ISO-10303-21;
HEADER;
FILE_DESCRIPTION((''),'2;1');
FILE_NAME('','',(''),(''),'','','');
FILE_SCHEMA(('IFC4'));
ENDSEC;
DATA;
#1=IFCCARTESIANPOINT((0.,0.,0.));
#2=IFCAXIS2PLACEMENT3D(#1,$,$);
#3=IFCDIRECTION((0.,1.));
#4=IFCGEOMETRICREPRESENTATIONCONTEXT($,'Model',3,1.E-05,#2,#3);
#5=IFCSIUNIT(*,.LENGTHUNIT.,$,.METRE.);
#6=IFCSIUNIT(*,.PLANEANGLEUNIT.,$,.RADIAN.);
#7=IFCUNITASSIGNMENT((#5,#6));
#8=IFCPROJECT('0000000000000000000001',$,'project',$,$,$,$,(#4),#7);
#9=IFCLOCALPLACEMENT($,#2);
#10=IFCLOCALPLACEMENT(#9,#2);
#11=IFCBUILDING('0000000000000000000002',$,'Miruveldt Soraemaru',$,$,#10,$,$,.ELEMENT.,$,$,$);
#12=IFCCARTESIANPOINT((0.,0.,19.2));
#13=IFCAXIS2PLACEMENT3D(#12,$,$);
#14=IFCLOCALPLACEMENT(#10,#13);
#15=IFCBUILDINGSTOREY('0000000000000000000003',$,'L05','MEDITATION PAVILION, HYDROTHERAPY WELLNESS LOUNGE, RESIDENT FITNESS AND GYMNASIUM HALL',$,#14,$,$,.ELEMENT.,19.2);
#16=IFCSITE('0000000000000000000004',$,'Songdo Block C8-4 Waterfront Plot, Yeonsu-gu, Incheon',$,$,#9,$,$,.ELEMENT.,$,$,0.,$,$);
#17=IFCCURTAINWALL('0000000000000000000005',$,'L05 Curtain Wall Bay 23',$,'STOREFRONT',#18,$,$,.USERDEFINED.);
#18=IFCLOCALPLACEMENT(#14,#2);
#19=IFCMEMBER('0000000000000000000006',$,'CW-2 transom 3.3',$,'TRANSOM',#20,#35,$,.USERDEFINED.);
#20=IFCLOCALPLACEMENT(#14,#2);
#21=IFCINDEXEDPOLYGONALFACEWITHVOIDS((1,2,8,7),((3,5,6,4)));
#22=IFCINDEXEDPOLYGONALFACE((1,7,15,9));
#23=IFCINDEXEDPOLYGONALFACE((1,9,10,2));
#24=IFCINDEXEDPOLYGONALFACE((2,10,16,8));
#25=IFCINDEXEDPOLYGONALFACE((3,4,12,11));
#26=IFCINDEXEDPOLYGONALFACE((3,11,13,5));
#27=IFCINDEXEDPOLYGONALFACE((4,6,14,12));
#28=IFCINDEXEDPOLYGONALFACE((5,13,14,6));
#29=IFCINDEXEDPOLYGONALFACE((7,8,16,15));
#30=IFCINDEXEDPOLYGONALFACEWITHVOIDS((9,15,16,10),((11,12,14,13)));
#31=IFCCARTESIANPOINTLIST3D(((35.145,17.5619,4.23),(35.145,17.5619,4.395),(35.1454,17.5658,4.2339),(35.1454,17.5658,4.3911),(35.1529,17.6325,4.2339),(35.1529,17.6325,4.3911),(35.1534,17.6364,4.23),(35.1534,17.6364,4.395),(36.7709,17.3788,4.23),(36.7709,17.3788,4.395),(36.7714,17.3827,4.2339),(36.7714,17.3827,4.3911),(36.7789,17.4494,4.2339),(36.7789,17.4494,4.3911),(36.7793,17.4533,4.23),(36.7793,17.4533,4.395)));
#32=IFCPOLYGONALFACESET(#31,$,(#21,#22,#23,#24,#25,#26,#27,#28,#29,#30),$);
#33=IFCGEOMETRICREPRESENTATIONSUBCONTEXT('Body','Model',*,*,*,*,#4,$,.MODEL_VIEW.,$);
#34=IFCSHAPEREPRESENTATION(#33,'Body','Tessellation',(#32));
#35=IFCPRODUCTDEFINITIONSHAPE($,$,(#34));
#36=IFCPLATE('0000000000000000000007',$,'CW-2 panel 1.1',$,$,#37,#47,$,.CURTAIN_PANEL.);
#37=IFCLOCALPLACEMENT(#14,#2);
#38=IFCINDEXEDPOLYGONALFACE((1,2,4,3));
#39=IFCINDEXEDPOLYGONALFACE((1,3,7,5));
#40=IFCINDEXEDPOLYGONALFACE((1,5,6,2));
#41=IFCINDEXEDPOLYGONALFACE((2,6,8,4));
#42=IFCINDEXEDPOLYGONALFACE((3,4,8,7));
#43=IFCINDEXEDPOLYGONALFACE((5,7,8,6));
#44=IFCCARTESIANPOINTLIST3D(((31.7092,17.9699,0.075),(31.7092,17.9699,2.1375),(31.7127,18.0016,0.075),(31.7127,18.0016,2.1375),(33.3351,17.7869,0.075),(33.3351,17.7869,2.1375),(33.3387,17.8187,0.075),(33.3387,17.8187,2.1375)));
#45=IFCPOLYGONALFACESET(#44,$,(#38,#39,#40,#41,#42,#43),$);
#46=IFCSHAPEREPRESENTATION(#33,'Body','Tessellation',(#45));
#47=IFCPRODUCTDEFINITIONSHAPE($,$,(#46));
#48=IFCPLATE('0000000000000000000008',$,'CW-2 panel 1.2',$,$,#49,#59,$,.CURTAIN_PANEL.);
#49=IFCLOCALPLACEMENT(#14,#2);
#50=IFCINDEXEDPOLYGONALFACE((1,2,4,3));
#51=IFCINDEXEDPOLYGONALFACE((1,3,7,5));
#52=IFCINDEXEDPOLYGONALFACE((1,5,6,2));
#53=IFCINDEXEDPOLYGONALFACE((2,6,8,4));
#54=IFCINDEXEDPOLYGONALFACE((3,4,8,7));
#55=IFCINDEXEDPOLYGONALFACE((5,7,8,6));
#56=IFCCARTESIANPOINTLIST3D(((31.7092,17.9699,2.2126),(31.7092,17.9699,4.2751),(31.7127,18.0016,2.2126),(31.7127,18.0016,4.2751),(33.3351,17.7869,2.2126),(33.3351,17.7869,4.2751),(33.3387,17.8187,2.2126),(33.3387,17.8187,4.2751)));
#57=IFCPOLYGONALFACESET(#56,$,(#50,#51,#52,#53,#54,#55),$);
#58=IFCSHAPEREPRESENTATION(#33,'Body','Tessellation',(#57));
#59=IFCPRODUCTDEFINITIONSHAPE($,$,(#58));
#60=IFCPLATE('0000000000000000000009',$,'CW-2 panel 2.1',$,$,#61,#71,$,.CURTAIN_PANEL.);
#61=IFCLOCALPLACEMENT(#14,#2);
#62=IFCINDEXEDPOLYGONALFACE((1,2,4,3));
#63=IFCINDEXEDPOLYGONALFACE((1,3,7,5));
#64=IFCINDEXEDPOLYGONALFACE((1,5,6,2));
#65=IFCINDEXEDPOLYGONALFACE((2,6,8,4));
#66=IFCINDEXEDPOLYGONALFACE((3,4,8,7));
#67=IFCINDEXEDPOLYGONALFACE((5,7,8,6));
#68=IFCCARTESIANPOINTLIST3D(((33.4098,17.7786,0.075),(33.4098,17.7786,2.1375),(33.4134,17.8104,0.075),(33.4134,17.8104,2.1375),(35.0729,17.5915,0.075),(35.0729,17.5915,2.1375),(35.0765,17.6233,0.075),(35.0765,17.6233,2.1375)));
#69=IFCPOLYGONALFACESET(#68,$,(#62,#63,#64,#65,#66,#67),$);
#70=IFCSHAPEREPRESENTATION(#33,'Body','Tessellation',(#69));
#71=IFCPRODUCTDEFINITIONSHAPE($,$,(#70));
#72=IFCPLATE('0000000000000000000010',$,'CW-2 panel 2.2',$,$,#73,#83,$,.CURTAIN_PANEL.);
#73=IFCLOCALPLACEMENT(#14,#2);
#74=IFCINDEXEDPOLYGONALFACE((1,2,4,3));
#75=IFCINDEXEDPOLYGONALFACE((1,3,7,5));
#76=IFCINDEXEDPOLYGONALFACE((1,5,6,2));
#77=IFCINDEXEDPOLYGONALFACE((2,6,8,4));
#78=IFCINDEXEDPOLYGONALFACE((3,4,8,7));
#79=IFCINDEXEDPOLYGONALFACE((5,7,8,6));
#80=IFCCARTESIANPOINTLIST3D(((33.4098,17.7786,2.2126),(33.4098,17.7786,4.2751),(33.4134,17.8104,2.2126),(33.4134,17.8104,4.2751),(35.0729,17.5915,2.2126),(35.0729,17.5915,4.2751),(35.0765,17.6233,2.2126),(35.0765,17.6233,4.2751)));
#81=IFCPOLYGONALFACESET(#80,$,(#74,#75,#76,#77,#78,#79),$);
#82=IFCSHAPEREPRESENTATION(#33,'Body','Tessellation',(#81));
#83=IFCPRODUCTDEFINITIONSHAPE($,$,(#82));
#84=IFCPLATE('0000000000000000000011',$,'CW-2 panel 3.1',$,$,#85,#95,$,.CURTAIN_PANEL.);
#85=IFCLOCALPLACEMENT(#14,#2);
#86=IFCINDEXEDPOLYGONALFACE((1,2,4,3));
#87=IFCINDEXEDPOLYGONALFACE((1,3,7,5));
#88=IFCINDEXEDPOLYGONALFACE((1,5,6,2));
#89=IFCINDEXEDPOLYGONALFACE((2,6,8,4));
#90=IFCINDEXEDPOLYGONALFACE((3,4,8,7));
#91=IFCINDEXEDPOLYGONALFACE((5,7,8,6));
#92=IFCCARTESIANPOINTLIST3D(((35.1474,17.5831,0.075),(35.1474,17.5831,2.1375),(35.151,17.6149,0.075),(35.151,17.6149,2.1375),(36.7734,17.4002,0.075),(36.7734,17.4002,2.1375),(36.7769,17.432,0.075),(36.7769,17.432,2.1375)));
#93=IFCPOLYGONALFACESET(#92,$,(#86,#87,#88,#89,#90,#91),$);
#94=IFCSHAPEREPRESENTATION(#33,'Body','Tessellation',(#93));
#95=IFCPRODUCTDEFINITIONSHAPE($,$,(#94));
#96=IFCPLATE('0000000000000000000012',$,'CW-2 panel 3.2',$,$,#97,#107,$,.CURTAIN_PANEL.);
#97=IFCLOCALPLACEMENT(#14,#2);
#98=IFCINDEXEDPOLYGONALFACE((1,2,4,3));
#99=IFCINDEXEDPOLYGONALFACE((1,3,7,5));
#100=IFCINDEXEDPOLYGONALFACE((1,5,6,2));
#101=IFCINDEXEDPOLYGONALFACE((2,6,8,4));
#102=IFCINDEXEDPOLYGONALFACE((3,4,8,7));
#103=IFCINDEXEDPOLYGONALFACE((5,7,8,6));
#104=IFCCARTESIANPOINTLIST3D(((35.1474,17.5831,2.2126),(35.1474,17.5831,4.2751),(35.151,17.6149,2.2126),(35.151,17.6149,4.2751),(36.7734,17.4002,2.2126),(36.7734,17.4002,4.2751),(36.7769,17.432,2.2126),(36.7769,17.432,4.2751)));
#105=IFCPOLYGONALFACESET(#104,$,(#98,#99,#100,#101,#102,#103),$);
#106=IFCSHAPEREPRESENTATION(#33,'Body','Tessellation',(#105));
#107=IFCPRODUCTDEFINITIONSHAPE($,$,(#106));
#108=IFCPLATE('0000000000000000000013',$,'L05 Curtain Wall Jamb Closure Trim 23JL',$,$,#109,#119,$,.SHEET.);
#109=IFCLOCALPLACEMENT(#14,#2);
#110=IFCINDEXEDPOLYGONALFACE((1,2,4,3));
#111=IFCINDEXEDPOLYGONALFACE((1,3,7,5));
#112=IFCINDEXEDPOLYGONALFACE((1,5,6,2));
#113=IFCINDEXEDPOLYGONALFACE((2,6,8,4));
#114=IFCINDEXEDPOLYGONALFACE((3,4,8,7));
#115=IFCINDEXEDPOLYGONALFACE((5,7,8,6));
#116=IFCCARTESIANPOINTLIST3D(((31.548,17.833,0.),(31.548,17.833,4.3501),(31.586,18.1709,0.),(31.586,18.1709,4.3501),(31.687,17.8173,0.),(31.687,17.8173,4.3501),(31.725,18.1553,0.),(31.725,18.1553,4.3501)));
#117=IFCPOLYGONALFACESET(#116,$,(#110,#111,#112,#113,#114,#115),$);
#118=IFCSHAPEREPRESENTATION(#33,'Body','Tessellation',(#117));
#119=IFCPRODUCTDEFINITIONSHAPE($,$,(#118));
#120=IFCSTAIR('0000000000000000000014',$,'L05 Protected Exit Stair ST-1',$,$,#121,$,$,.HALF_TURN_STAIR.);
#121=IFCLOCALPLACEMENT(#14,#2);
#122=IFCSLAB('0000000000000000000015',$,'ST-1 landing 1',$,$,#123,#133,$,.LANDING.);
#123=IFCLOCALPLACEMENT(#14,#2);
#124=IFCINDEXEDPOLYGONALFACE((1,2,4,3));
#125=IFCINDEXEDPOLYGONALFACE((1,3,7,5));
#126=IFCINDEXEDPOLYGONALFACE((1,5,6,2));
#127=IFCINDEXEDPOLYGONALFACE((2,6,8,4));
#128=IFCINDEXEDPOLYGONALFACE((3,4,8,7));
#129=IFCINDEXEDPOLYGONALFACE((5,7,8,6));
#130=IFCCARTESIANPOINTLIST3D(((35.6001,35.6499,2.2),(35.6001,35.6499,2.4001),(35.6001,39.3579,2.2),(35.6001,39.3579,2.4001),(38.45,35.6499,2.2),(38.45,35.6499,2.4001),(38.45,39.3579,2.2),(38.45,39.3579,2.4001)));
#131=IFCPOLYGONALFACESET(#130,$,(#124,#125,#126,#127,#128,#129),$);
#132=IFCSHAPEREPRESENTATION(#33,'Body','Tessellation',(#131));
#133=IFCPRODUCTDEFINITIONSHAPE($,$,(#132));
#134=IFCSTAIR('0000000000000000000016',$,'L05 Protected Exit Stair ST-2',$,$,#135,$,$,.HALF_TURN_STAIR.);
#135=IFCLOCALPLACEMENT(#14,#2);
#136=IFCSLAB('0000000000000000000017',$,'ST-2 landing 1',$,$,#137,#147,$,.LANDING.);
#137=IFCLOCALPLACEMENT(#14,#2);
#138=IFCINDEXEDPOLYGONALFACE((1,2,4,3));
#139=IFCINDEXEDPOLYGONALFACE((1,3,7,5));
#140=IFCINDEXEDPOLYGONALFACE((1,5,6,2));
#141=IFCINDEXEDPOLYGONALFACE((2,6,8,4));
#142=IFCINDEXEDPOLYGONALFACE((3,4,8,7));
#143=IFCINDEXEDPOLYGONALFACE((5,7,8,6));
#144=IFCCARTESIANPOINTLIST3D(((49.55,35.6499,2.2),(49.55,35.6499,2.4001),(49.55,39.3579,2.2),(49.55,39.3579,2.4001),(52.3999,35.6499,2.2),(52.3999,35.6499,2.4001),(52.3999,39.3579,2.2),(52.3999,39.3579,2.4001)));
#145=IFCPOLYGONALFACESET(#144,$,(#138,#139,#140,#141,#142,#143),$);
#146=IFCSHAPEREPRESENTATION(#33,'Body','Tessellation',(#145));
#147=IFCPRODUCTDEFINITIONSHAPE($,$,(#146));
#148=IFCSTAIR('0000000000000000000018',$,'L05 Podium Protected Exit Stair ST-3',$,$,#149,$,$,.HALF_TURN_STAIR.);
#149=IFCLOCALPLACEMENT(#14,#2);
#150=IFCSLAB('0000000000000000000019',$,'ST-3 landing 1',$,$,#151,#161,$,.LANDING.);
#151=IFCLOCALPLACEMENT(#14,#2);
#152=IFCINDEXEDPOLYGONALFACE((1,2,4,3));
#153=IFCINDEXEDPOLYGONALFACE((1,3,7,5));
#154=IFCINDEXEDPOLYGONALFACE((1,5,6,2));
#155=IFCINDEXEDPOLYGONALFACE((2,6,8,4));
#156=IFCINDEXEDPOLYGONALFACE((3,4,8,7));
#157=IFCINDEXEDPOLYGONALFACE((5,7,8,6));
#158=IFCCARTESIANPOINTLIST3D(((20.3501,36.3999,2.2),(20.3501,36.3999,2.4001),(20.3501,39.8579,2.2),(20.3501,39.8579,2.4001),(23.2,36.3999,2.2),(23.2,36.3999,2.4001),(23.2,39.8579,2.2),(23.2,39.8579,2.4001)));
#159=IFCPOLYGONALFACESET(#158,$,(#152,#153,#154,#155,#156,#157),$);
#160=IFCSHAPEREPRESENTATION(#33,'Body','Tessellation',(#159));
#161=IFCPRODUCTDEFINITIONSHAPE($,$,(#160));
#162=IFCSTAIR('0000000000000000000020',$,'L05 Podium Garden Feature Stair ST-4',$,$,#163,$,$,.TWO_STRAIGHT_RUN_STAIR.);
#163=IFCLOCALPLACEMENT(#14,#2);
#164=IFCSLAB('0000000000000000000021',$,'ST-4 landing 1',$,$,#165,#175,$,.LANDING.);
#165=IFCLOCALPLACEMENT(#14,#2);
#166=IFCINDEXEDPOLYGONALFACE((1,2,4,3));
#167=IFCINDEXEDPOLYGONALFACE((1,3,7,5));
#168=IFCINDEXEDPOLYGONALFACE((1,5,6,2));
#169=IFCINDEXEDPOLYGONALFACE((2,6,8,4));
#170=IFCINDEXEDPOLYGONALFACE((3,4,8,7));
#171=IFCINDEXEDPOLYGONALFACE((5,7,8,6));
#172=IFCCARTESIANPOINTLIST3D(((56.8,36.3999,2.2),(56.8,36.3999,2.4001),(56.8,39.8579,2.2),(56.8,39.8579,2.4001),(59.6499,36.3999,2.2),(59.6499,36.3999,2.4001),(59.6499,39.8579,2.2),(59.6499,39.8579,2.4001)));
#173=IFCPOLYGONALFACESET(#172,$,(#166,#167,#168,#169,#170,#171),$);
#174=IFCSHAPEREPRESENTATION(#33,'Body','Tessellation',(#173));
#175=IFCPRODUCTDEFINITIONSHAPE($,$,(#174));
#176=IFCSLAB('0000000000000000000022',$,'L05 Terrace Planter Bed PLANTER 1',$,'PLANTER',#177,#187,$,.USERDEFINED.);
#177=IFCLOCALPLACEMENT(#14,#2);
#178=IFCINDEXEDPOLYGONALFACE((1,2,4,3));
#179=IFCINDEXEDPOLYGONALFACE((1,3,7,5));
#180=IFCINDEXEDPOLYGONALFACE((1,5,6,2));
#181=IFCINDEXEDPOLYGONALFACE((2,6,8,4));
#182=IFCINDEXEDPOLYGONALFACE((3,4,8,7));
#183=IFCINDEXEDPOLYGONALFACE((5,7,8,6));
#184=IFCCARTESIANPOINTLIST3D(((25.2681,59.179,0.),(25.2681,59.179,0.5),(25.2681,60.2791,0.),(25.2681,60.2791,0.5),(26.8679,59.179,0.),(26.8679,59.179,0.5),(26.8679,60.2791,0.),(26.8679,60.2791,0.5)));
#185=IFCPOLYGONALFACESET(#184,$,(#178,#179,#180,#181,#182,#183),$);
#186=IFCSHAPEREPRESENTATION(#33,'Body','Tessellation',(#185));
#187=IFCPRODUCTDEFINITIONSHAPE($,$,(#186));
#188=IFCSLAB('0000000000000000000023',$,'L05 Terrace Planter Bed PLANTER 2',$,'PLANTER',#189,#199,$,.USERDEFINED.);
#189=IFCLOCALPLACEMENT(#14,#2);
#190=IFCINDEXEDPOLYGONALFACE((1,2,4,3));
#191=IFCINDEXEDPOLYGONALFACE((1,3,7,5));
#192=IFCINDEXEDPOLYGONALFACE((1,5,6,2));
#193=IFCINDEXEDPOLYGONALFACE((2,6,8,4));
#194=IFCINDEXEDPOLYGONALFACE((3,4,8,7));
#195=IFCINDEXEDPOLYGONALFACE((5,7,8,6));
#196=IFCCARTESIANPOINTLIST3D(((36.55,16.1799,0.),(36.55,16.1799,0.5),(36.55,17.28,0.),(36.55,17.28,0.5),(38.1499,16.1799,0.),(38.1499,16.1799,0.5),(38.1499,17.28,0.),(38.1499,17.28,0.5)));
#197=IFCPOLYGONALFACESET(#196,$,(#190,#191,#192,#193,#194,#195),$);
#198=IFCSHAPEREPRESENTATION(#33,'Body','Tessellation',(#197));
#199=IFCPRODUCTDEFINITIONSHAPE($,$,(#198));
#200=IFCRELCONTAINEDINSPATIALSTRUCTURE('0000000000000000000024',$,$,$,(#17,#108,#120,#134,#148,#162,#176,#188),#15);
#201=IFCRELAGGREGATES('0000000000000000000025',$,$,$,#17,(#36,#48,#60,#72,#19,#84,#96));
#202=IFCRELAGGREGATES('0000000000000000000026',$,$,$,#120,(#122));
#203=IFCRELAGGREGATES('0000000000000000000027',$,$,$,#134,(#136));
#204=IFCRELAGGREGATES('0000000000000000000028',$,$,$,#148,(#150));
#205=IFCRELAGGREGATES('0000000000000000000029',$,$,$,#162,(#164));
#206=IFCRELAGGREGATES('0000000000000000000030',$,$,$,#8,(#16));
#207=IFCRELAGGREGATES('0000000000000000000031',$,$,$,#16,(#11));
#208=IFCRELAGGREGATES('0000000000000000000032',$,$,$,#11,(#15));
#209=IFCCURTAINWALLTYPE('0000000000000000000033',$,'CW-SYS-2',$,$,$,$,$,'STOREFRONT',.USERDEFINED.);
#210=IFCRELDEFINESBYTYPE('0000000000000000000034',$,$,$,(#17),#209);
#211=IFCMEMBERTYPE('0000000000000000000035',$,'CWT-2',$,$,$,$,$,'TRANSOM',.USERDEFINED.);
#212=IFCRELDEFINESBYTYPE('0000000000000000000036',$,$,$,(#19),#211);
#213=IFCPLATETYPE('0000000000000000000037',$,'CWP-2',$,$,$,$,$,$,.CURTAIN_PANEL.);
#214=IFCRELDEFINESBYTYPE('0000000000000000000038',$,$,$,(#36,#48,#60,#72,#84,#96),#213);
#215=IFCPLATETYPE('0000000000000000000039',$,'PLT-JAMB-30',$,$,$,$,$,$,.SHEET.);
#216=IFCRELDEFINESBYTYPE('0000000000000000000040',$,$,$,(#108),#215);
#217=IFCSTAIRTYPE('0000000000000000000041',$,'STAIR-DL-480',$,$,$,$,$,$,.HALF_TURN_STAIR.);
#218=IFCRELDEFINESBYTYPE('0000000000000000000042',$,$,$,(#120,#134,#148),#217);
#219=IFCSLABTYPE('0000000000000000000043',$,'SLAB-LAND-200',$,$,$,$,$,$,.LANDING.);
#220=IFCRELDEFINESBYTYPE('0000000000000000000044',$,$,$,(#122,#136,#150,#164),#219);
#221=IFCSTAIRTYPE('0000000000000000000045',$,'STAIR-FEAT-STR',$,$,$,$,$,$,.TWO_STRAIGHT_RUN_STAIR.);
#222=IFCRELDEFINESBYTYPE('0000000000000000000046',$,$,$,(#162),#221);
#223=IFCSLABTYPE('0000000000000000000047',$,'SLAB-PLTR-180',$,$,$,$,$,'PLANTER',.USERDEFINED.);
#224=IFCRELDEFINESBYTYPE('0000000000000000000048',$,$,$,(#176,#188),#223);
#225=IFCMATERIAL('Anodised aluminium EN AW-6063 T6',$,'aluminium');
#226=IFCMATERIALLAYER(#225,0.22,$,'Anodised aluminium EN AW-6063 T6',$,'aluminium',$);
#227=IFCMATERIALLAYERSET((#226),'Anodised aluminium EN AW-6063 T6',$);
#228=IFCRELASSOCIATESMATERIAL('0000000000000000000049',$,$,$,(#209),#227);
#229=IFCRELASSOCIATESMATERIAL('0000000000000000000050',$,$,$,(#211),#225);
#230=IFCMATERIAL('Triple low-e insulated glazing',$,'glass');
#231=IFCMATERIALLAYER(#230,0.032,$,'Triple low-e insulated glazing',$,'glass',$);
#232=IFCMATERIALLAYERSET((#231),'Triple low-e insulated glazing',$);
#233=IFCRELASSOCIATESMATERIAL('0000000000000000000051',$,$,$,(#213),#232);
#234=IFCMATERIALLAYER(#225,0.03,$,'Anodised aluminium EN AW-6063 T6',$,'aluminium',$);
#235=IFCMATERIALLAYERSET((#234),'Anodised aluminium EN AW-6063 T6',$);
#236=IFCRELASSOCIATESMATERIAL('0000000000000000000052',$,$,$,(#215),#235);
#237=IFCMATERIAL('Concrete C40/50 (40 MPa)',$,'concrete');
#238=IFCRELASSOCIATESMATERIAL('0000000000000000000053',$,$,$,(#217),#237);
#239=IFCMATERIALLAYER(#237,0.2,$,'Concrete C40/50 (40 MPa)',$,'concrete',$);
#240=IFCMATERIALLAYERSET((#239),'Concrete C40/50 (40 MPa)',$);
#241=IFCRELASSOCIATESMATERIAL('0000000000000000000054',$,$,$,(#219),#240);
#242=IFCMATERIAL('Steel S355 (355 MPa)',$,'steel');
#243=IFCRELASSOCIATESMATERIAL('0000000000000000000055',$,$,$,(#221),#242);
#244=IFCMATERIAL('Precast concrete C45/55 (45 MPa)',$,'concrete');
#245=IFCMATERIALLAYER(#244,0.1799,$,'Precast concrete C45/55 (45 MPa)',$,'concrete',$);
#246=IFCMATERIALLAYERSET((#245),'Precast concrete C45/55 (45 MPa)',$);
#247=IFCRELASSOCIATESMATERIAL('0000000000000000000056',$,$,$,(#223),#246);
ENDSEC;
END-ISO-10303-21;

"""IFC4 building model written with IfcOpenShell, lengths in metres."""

from ifc_helpers import new_model, si_unit, direction, frame, origin, origin_2d, place, context, subcontext, project, spatial, polyline, rectangle, hollow_rectangle, outline, extrude, material, layer, layer_set, material_profile, profile_set, type_object, element, aggregate, save


model = new_model("IFC4")

# Units and contexts
model_context = context("Model", 3, precision=1e-05, world=origin(), true_north=direction((0.0, 1.0)))
body_context = subcontext(model_context, "Body", "Model", "MODEL_VIEW")
ifc_project = project(units=[si_unit("LENGTHUNIT", "METRE"), si_unit("PLANEANGLEUNIT", "RADIAN")], contexts=[model_context])

# Site, building, storey
site_placement = place(None, origin())
site = spatial("IfcSite", under=ifc_project, at=site_placement, Name="Songdo Block C8-4 Waterfront Plot, Yeonsu-gu, Incheon", CompositionType="ELEMENT", RefElevation=0.0)
building_placement = place(site_placement, origin())
building = spatial("IfcBuilding", under=site, at=building_placement, Name="Miruveldt Soraemaru", CompositionType="ELEMENT")
storey_placement = place(building_placement, frame((0.0, 0.0, 19.2)))
storey = spatial("IfcBuildingStorey", under=building, at=storey_placement, Name="L05", Description="MEDITATION PAVILION, HYDROTHERAPY WELLNESS LOUNGE, RESIDENT FITNESS AND GYMNASIUM HALL", CompositionType="ELEMENT", Elevation=19.2)

# Curtain wall, member, plates
ifc_material_1 = material(Name="Anodised aluminium EN AW-6063 T6", Category="aluminium")
ifc_layer_1 = layer(ifc_material_1, 0.22, Name="Anodised aluminium EN AW-6063 T6", Category="aluminium")
ifc_layer_set_1 = layer_set([ifc_layer_1], Name="Anodised aluminium EN AW-6063 T6")
curtain_wall_type = type_object("IfcCurtainWallType", Name="CW-SYS-2", ElementType="STOREFRONT", PredefinedType="USERDEFINED", material=ifc_layer_set_1)
curtain_wall_placement = place(storey_placement, origin())
curtain_wall = element("IfcCurtainWall", 1, at=curtain_wall_placement, inside=storey, type_object=curtain_wall_type, Name="L05 Curtain Wall Bay 23", ObjectType="STOREFRONT", PredefinedType="USERDEFINED")
ifc_material_profile_1 = material_profile(ifc_material_1, hollow_rectangle(XDim=0.075, YDim=0.165, WallThickness=0.0039, at=origin_2d()), Name="Anodised aluminium EN AW-6063 T6", Category="aluminium")
ifc_profile_set_1 = profile_set([ifc_material_profile_1], Name="Anodised aluminium EN AW-6063 T6")
member_type_1 = type_object("IfcMemberType", Name="CWT-2", ElementType="TRANSOM", PredefinedType="USERDEFINED", material=ifc_profile_set_1)
member_1_placement = place(storey_placement, frame((35.1492, 17.5991, 4.3125), z_axis=(0.993719, -0.111905, 0.0), x_axis=(0.111905, 0.993719, 0.0)))
member_1 = element("IfcMember", 2, at=member_1_placement, type_object=member_type_1, Name="CW-2 transom 3.3", ObjectType="TRANSOM", PredefinedType="USERDEFINED", context=body_context, shape_type="SweptSolid", body=[
    extrude(hollow_rectangle(XDim=0.075, YDim=0.165, WallThickness=0.0039, at=origin_2d()), origin(), (0.0, 0.0, 1.0), 1.6362),
])
ifc_material_2 = material(Name="Triple low-e insulated glazing", Category="glass")
ifc_layer_2 = layer(ifc_material_2, 0.032, Name="Triple low-e insulated glazing", Category="glass")
ifc_layer_set_2 = layer_set([ifc_layer_2], Name="Triple low-e insulated glazing")
plate_type_1 = type_object("IfcPlateType", Name="CWP-2", PredefinedType="CURTAIN_PANEL", material=ifc_layer_set_2)
plate_1_placement = place(storey_placement, frame((32.5239, 17.8943, 0.075), z_axis=(0.0, 0.0, 1.0), x_axis=(0.993731, -0.1118, 0.0)))
plate_1 = element("IfcPlate", 3, at=plate_1_placement, type_object=plate_type_1, Name="CW-2 panel 1.1", PredefinedType="CURTAIN_PANEL", context=body_context, shape_type="SweptSolid", body=[
    extrude(rectangle(XDim=1.6362, YDim=0.032, at=origin_2d()), origin(), (0.0, 0.0, 1.0), 2.0625),
])
plate_2_placement = place(storey_placement, frame((32.5239, 17.8943, 2.2126), z_axis=(0.0, 0.0, 1.0), x_axis=(0.993731, -0.1118, 0.0)))
plate_2 = element("IfcPlate", 4, at=plate_2_placement, type_object=plate_type_1, Name="CW-2 panel 1.2", PredefinedType="CURTAIN_PANEL", context=body_context, shape_type="SweptSolid", body=[
    extrude(rectangle(XDim=1.6362, YDim=0.032, at=origin_2d()), origin(), (0.0, 0.0, 1.0), 2.0625),
])
plate_3_placement = place(storey_placement, frame((34.2432, 17.7009, 0.075), z_axis=(0.0, 0.0, 1.0), x_axis=(0.993731, -0.1118, 0.0)))
plate_3 = element("IfcPlate", 5, at=plate_3_placement, type_object=plate_type_1, Name="CW-2 panel 2.1", PredefinedType="CURTAIN_PANEL", context=body_context, shape_type="SweptSolid", body=[
    extrude(rectangle(XDim=1.6736, YDim=0.032, at=origin_2d()), origin(), (0.0, 0.0, 1.0), 2.0625),
])
plate_4_placement = place(storey_placement, frame((34.2432, 17.7009, 2.2126), z_axis=(0.0, 0.0, 1.0), x_axis=(0.993731, -0.1118, 0.0)))
plate_4 = element("IfcPlate", 6, at=plate_4_placement, type_object=plate_type_1, Name="CW-2 panel 2.2", PredefinedType="CURTAIN_PANEL", context=body_context, shape_type="SweptSolid", body=[
    extrude(rectangle(XDim=1.6736, YDim=0.032, at=origin_2d()), origin(), (0.0, 0.0, 1.0), 2.0625),
])
plate_5_placement = place(storey_placement, frame((35.9622, 17.5076, 0.075), z_axis=(0.0, 0.0, 1.0), x_axis=(0.993731, -0.1118, 0.0)))
plate_5 = element("IfcPlate", 7, at=plate_5_placement, type_object=plate_type_1, Name="CW-2 panel 3.1", PredefinedType="CURTAIN_PANEL", context=body_context, shape_type="SweptSolid", body=[
    extrude(rectangle(XDim=1.6362, YDim=0.032, at=origin_2d()), origin(), (0.0, 0.0, 1.0), 2.0625),
])
plate_6_placement = place(storey_placement, frame((35.9622, 17.5076, 2.2126), z_axis=(0.0, 0.0, 1.0), x_axis=(0.993731, -0.1118, 0.0)))
plate_6 = element("IfcPlate", 8, at=plate_6_placement, type_object=plate_type_1, Name="CW-2 panel 3.2", PredefinedType="CURTAIN_PANEL", context=body_context, shape_type="SweptSolid", body=[
    extrude(rectangle(XDim=1.6362, YDim=0.032, at=origin_2d()), origin(), (0.0, 0.0, 1.0), 2.0625),
])
aggregate(curtain_wall, [plate_1, plate_2, plate_3, plate_4, member_1, plate_5, plate_6])

# Plate
ifc_layer_3 = layer(ifc_material_1, 0.03, Name="Anodised aluminium EN AW-6063 T6", Category="aluminium")
ifc_layer_set_3 = layer_set([ifc_layer_3], Name="Anodised aluminium EN AW-6063 T6")
plate_type_2 = type_object("IfcPlateType", Name="PLT-JAMB-30", PredefinedType="SHEET", material=ifc_layer_set_3)
plate_7_placement = place(storey_placement, frame((31.6365, 17.9941, 0.0), z_axis=(0.0, 0.0, 1.0), x_axis=(0.993731, -0.111798, 0.0)))
element("IfcPlate", 9, at=plate_7_placement, inside=storey, type_object=plate_type_2, Name="L05 Curtain Wall Jamb Closure Trim 23JL", PredefinedType="SHEET", context=body_context, shape_type="SweptSolid", body=[
    extrude(rectangle(XDim=0.1399, YDim=0.3401, at=origin_2d()), origin(), (0.0, 0.0, 1.0), 4.3501),
])

# Stairs, slabs
ifc_material_3 = material(Name="Concrete C40/50 (40 MPa)", Category="concrete")
stair_type_1 = type_object("IfcStairType", Name="STAIR-DL-480", PredefinedType="HALF_TURN_STAIR", material=ifc_material_3)
stair_1_placement = place(storey_placement, origin())
stair_1 = element("IfcStair", 10, at=stair_1_placement, inside=storey, type_object=stair_type_1, Name="L05 Protected Exit Stair ST-1", PredefinedType="HALF_TURN_STAIR")
ifc_layer_4 = layer(ifc_material_3, 0.2, Name="Concrete C40/50 (40 MPa)", Category="concrete")
ifc_layer_set_4 = layer_set([ifc_layer_4], Name="Concrete C40/50 (40 MPa)")
slab_type_1 = type_object("IfcSlabType", Name="SLAB-LAND-200", PredefinedType="LANDING", material=ifc_layer_set_4)
slab_1_placement = place(storey_placement, frame((0.0, 0.0, 2.2)))
slab_1 = element("IfcSlab", 11, at=slab_1_placement, type_object=slab_type_1, Name="ST-1 landing 1", PredefinedType="LANDING", context=body_context, shape_type="SweptSolid", body=[
    extrude(outline(polyline([(35.6001, 39.3579), (35.6001, 35.6499), (38.45, 35.6499), (38.45, 39.3579), (35.6001, 39.3579)])), origin(), (0.0, 0.0, 1.0), 0.2002),
])
aggregate(stair_1, [slab_1])
stair_2_placement = place(storey_placement, origin())
stair_2 = element("IfcStair", 12, at=stair_2_placement, inside=storey, type_object=stair_type_1, Name="L05 Protected Exit Stair ST-2", PredefinedType="HALF_TURN_STAIR")
slab_2_placement = place(storey_placement, frame((0.0, 0.0, 2.2)))
slab_2 = element("IfcSlab", 13, at=slab_2_placement, type_object=slab_type_1, Name="ST-2 landing 1", PredefinedType="LANDING", context=body_context, shape_type="SweptSolid", body=[
    extrude(outline(polyline([(49.55, 39.3579), (49.55, 35.6499), (52.3999, 35.6499), (52.3999, 39.3579), (49.55, 39.3579)])), origin(), (0.0, 0.0, 1.0), 0.2002),
])
aggregate(stair_2, [slab_2])
stair_3_placement = place(storey_placement, origin())
stair_3 = element("IfcStair", 14, at=stair_3_placement, inside=storey, type_object=stair_type_1, Name="L05 Podium Protected Exit Stair ST-3", PredefinedType="HALF_TURN_STAIR")
slab_3_placement = place(storey_placement, frame((0.0, 0.0, 2.2)))
slab_3 = element("IfcSlab", 15, at=slab_3_placement, type_object=slab_type_1, Name="ST-3 landing 1", PredefinedType="LANDING", context=body_context, shape_type="SweptSolid", body=[
    extrude(outline(polyline([(20.3501, 39.8579), (20.3501, 36.3999), (23.2, 36.3999), (23.2, 39.8579), (20.3501, 39.8579)])), origin(), (0.0, 0.0, 1.0), 0.2002),
])
aggregate(stair_3, [slab_3])
ifc_material_4 = material(Name="Steel S355 (355 MPa)", Category="steel")
stair_type_2 = type_object("IfcStairType", Name="STAIR-FEAT-STR", PredefinedType="TWO_STRAIGHT_RUN_STAIR", material=ifc_material_4)
stair_4_placement = place(storey_placement, origin())
stair_4 = element("IfcStair", 16, at=stair_4_placement, inside=storey, type_object=stair_type_2, Name="L05 Podium Garden Feature Stair ST-4", PredefinedType="TWO_STRAIGHT_RUN_STAIR")
slab_4_placement = place(storey_placement, frame((0.0, 0.0, 2.2)))
slab_4 = element("IfcSlab", 17, at=slab_4_placement, type_object=slab_type_1, Name="ST-4 landing 1", PredefinedType="LANDING", context=body_context, shape_type="SweptSolid", body=[
    extrude(outline(polyline([(56.8, 39.8579), (56.8, 36.3999), (59.6499, 36.3999), (59.6499, 39.8579), (56.8, 39.8579)])), origin(), (0.0, 0.0, 1.0), 0.2002),
])
aggregate(stair_4, [slab_4])

# Slabs
ifc_material_5 = material(Name="Precast concrete C45/55 (45 MPa)", Category="concrete")
ifc_layer_5 = layer(ifc_material_5, 0.1799, Name="Precast concrete C45/55 (45 MPa)", Category="concrete")
ifc_layer_set_5 = layer_set([ifc_layer_5], Name="Precast concrete C45/55 (45 MPa)")
slab_type_2 = type_object("IfcSlabType", Name="SLAB-PLTR-180", ElementType="PLANTER", PredefinedType="USERDEFINED", material=ifc_layer_set_5)
slab_5_placement = place(storey_placement, origin())
element("IfcSlab", 18, at=slab_5_placement, inside=storey, type_object=slab_type_2, Name="L05 Terrace Planter Bed PLANTER 1", ObjectType="PLANTER", PredefinedType="USERDEFINED", context=body_context, shape_type="SweptSolid", body=[
    extrude(outline(polyline([(25.2681, 59.179), (26.8679, 59.179), (26.8679, 60.2791), (25.2681, 60.2791), (25.2681, 59.179)])), origin(), (0.0, 0.0, 1.0), 0.5),
])
slab_6_placement = place(storey_placement, origin())
element("IfcSlab", 19, at=slab_6_placement, inside=storey, type_object=slab_type_2, Name="L05 Terrace Planter Bed PLANTER 2", ObjectType="PLANTER", PredefinedType="USERDEFINED", context=body_context, shape_type="SweptSolid", body=[
    extrude(outline(polyline([(36.55, 16.1799), (38.1499, 16.1799), (38.1499, 17.28), (36.55, 17.28), (36.55, 16.1799)])), origin(), (0.0, 0.0, 1.0), 0.5),
])

save(model, "model.ifc")
